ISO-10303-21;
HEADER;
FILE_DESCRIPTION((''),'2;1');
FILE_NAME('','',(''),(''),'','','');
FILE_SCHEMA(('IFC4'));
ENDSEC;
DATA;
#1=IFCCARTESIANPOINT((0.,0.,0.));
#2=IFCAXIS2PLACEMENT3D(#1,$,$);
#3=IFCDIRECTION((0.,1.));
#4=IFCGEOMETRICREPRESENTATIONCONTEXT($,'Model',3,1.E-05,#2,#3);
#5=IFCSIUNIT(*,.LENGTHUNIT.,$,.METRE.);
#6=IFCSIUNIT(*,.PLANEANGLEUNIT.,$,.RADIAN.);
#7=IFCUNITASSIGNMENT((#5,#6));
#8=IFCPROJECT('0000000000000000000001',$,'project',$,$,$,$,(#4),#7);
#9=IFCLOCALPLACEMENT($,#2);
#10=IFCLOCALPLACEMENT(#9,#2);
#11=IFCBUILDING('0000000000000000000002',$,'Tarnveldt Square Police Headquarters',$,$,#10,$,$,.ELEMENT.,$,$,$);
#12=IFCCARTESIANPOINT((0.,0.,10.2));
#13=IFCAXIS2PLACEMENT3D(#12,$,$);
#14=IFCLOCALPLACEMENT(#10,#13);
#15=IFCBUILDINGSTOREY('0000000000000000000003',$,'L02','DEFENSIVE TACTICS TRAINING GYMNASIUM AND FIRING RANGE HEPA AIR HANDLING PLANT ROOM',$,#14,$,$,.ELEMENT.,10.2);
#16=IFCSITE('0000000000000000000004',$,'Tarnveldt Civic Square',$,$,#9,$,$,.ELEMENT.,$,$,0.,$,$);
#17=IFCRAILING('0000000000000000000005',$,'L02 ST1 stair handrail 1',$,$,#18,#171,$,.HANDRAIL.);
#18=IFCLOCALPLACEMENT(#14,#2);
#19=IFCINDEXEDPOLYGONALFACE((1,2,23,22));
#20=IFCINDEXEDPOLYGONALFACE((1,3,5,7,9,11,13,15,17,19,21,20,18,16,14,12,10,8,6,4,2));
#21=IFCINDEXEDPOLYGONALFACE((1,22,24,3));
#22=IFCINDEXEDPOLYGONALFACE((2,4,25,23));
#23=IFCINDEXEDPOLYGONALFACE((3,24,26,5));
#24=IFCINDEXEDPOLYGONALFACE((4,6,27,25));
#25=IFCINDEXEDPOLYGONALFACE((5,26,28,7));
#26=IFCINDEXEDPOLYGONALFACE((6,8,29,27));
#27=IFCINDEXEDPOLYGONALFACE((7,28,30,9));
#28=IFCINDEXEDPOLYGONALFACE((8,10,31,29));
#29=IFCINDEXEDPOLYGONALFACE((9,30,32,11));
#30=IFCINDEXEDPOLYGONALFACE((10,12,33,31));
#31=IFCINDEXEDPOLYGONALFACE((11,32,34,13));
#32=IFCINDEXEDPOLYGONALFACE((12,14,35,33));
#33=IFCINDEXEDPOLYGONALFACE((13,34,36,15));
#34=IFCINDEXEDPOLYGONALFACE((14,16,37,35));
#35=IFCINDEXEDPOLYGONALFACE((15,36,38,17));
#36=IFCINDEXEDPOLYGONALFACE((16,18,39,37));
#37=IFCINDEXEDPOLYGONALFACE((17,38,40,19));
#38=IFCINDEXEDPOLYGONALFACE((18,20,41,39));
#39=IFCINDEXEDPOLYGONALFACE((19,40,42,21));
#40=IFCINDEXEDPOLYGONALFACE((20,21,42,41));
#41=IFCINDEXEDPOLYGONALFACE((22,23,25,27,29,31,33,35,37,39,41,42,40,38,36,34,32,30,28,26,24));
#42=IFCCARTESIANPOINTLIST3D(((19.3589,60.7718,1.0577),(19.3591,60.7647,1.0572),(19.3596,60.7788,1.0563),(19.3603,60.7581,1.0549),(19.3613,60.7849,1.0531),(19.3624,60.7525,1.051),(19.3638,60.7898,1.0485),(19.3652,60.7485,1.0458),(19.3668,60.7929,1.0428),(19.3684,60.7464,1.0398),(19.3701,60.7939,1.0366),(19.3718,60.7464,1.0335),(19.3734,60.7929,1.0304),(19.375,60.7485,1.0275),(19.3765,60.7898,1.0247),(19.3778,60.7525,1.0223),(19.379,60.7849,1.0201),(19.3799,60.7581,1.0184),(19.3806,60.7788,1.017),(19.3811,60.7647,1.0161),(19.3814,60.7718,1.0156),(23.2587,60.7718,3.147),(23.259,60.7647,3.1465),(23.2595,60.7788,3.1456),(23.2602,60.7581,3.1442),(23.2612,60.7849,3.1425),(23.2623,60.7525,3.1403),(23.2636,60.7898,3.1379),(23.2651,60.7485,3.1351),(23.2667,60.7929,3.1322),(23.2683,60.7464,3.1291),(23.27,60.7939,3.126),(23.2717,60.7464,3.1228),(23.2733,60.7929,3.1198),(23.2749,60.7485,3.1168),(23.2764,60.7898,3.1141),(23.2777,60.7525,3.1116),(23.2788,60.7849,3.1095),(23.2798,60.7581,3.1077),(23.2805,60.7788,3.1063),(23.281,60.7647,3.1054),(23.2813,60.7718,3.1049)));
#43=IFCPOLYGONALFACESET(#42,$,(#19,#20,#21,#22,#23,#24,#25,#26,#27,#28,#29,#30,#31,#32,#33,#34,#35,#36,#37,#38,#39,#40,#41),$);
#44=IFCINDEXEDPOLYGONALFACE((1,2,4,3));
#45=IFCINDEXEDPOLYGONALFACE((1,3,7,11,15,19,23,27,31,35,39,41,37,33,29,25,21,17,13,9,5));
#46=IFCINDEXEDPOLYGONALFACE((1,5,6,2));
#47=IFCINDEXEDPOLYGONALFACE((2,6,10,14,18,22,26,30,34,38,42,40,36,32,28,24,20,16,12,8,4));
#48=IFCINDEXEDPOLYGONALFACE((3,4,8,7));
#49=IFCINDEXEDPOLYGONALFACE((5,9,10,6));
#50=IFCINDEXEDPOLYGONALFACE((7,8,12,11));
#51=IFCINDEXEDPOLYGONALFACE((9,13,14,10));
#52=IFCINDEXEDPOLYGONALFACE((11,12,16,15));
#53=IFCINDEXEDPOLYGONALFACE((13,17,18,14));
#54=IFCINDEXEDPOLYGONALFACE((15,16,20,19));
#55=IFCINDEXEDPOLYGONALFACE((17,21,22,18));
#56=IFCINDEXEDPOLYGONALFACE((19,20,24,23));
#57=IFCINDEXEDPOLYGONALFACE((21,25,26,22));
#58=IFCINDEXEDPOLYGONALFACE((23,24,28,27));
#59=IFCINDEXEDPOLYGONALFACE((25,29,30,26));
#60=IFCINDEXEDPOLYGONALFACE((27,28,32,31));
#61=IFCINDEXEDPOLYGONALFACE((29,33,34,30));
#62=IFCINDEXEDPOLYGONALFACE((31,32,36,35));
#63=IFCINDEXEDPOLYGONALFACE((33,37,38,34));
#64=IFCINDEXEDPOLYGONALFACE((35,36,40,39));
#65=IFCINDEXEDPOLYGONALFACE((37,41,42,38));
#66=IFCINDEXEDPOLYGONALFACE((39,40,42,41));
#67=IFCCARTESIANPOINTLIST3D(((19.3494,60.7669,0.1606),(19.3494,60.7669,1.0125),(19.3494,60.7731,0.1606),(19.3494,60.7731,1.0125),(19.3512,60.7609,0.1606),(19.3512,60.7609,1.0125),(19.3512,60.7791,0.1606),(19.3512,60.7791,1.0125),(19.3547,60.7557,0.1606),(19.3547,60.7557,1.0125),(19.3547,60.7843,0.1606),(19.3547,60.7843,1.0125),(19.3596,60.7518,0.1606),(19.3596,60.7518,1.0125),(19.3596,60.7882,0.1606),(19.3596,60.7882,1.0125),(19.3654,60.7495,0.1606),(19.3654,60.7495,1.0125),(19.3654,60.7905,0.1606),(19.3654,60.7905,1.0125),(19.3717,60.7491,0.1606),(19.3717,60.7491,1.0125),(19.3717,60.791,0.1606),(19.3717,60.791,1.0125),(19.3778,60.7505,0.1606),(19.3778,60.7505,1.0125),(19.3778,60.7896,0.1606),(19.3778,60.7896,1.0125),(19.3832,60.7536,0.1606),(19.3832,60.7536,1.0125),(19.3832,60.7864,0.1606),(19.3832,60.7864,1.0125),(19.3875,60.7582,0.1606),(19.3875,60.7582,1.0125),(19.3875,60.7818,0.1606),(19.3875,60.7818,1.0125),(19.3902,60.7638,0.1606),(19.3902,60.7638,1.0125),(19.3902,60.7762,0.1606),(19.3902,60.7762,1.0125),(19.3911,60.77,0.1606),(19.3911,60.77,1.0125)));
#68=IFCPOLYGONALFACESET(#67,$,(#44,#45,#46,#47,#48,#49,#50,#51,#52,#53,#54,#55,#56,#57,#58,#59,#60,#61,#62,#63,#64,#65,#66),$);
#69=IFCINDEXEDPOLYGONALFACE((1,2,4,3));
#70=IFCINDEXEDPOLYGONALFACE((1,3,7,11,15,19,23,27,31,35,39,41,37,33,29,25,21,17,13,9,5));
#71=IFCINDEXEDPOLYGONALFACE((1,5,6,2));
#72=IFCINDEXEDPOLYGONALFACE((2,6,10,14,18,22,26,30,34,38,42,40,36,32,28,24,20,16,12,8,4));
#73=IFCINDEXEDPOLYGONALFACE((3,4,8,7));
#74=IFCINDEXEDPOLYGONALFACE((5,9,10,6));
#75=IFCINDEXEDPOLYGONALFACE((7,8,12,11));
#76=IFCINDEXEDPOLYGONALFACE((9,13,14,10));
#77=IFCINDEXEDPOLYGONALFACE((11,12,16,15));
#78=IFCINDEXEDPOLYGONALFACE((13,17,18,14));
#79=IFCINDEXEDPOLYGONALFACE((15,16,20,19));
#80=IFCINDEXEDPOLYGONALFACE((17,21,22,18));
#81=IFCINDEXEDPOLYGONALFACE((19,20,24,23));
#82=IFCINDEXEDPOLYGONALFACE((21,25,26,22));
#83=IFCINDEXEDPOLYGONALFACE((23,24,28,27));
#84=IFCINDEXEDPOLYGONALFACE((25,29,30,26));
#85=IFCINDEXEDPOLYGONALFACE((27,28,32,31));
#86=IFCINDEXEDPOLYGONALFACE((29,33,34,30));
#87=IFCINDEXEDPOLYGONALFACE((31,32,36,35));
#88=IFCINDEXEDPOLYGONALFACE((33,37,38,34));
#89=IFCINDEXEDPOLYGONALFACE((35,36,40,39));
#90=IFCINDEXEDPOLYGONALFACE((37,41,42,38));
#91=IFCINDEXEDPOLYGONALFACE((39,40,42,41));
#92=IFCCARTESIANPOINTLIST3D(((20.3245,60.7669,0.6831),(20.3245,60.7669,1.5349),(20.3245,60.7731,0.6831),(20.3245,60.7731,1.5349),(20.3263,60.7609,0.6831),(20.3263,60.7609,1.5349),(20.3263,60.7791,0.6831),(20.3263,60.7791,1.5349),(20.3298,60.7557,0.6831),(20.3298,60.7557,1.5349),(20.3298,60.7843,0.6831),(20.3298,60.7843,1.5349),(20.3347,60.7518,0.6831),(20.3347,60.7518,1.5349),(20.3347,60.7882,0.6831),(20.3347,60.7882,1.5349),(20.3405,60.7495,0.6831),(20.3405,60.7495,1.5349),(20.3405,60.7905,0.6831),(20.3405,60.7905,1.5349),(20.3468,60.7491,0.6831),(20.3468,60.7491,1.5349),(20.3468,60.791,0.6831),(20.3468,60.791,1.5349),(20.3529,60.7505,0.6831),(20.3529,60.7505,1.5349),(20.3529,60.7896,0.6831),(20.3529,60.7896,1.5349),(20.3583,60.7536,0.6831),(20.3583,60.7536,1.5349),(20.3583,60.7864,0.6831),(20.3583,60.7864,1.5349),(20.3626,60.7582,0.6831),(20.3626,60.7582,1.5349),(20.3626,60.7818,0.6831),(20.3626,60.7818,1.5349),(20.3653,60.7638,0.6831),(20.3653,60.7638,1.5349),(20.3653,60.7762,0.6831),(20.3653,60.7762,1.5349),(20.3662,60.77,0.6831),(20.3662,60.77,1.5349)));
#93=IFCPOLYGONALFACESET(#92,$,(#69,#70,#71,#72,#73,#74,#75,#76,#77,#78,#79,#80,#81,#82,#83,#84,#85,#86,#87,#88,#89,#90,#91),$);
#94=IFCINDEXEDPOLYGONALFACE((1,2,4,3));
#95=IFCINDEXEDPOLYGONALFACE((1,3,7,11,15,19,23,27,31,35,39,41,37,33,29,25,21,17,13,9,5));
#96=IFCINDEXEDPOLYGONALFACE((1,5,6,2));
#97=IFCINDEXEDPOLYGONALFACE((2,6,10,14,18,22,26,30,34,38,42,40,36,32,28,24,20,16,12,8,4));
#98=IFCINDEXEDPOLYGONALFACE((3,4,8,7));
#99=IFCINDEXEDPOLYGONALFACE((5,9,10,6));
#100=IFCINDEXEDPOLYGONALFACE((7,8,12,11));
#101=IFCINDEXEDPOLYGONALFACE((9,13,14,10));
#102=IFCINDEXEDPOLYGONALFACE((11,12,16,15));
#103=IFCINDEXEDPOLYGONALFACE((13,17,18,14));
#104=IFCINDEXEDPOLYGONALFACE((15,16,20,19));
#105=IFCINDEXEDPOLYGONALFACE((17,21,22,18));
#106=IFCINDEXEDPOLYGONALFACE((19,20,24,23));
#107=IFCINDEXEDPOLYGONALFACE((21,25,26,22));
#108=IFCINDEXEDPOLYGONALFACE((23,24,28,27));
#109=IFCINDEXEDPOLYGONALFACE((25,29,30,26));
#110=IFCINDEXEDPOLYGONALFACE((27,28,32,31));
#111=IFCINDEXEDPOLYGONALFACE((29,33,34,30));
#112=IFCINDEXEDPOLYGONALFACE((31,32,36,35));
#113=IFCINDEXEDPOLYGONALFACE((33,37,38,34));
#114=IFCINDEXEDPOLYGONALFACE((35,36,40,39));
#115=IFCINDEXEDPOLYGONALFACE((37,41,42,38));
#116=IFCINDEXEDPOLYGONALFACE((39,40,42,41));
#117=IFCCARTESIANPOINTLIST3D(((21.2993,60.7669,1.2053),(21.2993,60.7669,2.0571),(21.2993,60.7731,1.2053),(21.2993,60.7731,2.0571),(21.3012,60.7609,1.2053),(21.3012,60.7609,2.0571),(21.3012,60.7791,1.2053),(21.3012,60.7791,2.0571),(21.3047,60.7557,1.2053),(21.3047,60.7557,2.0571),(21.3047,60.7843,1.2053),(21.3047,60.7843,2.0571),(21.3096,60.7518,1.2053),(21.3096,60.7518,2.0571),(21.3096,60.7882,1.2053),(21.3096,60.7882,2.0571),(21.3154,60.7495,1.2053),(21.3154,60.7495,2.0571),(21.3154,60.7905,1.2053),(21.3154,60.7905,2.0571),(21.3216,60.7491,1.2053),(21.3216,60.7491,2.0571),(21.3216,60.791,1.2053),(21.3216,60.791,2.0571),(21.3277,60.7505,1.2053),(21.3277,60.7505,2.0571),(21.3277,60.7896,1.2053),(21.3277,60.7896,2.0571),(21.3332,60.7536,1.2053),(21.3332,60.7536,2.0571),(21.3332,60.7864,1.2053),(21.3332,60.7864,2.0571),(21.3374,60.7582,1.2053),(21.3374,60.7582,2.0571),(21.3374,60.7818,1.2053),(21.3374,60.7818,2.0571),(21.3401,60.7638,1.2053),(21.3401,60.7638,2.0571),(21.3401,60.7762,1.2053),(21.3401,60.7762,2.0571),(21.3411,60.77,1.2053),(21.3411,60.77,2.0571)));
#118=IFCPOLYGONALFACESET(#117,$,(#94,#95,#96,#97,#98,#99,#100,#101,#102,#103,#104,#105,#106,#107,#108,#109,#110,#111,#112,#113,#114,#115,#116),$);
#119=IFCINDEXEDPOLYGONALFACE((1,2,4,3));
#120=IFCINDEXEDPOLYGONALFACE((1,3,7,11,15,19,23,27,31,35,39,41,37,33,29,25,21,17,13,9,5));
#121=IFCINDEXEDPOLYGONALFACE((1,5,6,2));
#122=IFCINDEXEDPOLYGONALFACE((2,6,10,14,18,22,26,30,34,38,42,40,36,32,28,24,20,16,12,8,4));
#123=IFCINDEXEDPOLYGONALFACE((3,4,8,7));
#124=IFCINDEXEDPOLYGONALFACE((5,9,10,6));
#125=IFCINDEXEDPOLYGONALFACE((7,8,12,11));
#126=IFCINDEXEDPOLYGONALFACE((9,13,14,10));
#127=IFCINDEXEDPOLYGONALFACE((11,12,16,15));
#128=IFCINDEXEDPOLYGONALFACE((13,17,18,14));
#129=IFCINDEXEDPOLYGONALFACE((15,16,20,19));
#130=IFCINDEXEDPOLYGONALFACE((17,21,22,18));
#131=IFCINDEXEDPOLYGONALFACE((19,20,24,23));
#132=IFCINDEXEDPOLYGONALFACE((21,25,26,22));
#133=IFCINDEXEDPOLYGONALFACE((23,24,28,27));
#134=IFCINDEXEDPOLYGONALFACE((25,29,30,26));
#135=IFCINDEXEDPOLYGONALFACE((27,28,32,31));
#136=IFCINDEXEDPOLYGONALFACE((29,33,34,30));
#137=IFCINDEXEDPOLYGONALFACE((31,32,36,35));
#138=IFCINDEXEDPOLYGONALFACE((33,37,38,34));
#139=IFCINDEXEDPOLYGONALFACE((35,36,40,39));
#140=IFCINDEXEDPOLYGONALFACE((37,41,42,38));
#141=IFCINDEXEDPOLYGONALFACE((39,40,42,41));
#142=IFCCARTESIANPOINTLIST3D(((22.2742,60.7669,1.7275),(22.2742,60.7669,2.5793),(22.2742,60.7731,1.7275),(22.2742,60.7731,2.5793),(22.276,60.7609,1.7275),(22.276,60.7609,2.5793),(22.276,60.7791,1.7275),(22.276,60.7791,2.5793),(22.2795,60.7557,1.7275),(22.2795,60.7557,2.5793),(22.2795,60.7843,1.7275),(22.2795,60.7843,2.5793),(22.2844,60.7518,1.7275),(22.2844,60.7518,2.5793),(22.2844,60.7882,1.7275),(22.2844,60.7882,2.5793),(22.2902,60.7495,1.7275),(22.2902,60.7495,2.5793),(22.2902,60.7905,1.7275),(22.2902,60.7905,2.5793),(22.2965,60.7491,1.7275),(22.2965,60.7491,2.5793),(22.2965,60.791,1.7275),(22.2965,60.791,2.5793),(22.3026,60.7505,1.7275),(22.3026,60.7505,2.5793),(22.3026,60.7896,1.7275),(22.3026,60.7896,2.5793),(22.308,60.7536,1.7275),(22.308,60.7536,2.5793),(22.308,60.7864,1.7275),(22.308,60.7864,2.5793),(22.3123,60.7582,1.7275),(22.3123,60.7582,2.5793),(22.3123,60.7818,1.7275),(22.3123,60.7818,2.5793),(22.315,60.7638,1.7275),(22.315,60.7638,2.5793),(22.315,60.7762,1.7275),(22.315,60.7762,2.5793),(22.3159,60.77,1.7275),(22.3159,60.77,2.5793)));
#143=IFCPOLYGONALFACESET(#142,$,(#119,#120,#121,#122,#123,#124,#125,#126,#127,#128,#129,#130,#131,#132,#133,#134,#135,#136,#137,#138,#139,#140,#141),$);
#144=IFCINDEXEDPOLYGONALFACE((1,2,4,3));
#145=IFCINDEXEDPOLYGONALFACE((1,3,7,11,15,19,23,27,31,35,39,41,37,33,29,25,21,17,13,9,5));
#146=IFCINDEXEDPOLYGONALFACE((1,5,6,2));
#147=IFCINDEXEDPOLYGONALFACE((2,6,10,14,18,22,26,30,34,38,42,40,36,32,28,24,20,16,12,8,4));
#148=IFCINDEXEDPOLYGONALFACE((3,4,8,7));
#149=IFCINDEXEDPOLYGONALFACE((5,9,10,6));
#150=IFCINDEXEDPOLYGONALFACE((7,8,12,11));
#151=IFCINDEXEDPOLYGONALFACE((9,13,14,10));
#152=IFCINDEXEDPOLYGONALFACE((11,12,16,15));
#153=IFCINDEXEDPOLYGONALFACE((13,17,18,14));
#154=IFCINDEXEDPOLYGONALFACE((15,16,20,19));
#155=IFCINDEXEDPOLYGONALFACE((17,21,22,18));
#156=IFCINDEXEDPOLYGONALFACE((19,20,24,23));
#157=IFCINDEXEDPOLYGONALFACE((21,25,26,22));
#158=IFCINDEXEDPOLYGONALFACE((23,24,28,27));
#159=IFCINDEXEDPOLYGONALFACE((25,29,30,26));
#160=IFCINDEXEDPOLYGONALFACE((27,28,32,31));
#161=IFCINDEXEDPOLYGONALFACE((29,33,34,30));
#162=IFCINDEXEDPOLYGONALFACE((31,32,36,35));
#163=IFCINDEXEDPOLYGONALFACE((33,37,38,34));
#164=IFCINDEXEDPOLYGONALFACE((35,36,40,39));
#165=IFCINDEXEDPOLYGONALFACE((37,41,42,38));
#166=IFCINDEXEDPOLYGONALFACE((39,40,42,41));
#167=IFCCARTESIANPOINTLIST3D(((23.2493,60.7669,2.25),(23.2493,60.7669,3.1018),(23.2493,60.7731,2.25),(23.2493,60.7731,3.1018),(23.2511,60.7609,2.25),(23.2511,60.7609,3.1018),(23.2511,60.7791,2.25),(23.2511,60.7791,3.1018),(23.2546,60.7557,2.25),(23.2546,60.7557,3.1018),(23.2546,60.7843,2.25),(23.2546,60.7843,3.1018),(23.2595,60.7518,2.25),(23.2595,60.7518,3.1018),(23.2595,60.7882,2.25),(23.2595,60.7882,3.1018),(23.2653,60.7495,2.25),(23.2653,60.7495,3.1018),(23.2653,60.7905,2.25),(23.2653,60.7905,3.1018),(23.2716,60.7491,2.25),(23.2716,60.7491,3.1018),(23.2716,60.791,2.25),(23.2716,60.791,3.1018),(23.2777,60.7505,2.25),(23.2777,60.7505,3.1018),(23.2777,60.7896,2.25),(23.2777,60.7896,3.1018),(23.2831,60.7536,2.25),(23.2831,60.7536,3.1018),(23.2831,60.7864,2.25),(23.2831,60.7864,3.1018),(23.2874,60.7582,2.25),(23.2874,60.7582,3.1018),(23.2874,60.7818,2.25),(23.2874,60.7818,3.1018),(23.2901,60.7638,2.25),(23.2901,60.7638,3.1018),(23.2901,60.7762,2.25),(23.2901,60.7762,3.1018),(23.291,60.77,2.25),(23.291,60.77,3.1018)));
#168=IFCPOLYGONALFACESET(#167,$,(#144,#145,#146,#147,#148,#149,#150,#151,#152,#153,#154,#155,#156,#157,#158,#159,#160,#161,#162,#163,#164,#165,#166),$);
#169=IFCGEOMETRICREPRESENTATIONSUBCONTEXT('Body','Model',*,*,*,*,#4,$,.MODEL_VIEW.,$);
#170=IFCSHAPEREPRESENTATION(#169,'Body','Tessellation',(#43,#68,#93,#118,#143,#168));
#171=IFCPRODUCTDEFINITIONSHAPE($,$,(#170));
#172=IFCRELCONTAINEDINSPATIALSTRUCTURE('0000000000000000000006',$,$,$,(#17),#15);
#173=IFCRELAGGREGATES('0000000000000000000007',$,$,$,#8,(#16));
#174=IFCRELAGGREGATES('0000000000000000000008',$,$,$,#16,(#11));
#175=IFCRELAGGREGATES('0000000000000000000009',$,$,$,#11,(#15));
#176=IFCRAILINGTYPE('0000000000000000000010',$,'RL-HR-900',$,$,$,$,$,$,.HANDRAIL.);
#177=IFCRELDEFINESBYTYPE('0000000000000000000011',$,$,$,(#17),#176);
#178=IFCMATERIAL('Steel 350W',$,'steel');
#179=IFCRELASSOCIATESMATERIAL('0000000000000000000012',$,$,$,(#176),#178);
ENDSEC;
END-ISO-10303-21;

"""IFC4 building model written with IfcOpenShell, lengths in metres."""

from ifc_helpers import new_model, si_unit, direction, frame, origin, origin_2d, place, context, subcontext, project, spatial, circle, extrude, material, type_object, element, save


model = new_model("IFC4")

# Units and contexts
model_context = context("Model", 3, precision=1e-05, world=origin(), true_north=direction((0.0, 1.0)))
body_context = subcontext(model_context, "Body", "Model", "MODEL_VIEW")
ifc_project = project(units=[si_unit("LENGTHUNIT", "METRE"), si_unit("PLANEANGLEUNIT", "RADIAN")], contexts=[model_context])

# Site, building, storey
site_placement = place(None, origin())
site = spatial("IfcSite", under=ifc_project, at=site_placement, Name="Tarnveldt Civic Square", CompositionType="ELEMENT", RefElevation=0.0)
building_placement = place(site_placement, origin())
building = spatial("IfcBuilding", under=site, at=building_placement, Name="Tarnveldt Square Police Headquarters", CompositionType="ELEMENT")
storey_placement = place(building_placement, frame((0.0, 0.0, 10.2)))
storey = spatial("IfcBuildingStorey", under=building, at=storey_placement, Name="L02", Description="DEFENSIVE TACTICS TRAINING GYMNASIUM AND FIRING RANGE HEPA AIR HANDLING PLANT ROOM", CompositionType="ELEMENT", Elevation=10.2)

# Shared definitions
ifc_material_1 = material(Name="Steel 350W", Category="steel")

# Railing
railing_type_1 = type_object("IfcRailingType", Name="RL-HR-900", PredefinedType="HANDRAIL", material=ifc_material_1)
railing_1_placement = place(storey_placement, frame((19.3701, 60.77, 0.1606)))
element("IfcRailing", 1, at=railing_1_placement, inside=storey, type_object=railing_type_1, Name="L02 ST1 stair handrail 1", PredefinedType="HANDRAIL", context=body_context, shape_type="SweptSolid", body=[
    extrude(circle(Radius=0.0239, at=origin_2d()), frame((0.0, 0.0, 0.876), z_axis=(0.881468, 0.0, 0.472243), x_axis=(0.0, 1.0, 0.0)), (0.0, 0.0, 1.0), 4.4243),
    extrude(circle(Radius=0.021, at=origin_2d()), origin(), (0.0, 0.0, 1.0), 0.8518),
    extrude(circle(Radius=0.021, at=origin_2d()), frame((0.9751, 0.0, 0.5225)), (0.0, 0.0, 1.0), 0.8518),
    extrude(circle(Radius=0.021, at=origin_2d()), frame((1.95, 0.0, 1.0447)), (0.0, 0.0, 1.0), 0.8518),
    extrude(circle(Radius=0.021, at=origin_2d()), frame((2.9248, 0.0, 1.5669)), (0.0, 0.0, 1.0), 0.8518),
    extrude(circle(Radius=0.021, at=origin_2d()), frame((3.8999, 0.0, 2.0894)), (0.0, 0.0, 1.0), 0.8518),
])

save(model, "model.ifc")
